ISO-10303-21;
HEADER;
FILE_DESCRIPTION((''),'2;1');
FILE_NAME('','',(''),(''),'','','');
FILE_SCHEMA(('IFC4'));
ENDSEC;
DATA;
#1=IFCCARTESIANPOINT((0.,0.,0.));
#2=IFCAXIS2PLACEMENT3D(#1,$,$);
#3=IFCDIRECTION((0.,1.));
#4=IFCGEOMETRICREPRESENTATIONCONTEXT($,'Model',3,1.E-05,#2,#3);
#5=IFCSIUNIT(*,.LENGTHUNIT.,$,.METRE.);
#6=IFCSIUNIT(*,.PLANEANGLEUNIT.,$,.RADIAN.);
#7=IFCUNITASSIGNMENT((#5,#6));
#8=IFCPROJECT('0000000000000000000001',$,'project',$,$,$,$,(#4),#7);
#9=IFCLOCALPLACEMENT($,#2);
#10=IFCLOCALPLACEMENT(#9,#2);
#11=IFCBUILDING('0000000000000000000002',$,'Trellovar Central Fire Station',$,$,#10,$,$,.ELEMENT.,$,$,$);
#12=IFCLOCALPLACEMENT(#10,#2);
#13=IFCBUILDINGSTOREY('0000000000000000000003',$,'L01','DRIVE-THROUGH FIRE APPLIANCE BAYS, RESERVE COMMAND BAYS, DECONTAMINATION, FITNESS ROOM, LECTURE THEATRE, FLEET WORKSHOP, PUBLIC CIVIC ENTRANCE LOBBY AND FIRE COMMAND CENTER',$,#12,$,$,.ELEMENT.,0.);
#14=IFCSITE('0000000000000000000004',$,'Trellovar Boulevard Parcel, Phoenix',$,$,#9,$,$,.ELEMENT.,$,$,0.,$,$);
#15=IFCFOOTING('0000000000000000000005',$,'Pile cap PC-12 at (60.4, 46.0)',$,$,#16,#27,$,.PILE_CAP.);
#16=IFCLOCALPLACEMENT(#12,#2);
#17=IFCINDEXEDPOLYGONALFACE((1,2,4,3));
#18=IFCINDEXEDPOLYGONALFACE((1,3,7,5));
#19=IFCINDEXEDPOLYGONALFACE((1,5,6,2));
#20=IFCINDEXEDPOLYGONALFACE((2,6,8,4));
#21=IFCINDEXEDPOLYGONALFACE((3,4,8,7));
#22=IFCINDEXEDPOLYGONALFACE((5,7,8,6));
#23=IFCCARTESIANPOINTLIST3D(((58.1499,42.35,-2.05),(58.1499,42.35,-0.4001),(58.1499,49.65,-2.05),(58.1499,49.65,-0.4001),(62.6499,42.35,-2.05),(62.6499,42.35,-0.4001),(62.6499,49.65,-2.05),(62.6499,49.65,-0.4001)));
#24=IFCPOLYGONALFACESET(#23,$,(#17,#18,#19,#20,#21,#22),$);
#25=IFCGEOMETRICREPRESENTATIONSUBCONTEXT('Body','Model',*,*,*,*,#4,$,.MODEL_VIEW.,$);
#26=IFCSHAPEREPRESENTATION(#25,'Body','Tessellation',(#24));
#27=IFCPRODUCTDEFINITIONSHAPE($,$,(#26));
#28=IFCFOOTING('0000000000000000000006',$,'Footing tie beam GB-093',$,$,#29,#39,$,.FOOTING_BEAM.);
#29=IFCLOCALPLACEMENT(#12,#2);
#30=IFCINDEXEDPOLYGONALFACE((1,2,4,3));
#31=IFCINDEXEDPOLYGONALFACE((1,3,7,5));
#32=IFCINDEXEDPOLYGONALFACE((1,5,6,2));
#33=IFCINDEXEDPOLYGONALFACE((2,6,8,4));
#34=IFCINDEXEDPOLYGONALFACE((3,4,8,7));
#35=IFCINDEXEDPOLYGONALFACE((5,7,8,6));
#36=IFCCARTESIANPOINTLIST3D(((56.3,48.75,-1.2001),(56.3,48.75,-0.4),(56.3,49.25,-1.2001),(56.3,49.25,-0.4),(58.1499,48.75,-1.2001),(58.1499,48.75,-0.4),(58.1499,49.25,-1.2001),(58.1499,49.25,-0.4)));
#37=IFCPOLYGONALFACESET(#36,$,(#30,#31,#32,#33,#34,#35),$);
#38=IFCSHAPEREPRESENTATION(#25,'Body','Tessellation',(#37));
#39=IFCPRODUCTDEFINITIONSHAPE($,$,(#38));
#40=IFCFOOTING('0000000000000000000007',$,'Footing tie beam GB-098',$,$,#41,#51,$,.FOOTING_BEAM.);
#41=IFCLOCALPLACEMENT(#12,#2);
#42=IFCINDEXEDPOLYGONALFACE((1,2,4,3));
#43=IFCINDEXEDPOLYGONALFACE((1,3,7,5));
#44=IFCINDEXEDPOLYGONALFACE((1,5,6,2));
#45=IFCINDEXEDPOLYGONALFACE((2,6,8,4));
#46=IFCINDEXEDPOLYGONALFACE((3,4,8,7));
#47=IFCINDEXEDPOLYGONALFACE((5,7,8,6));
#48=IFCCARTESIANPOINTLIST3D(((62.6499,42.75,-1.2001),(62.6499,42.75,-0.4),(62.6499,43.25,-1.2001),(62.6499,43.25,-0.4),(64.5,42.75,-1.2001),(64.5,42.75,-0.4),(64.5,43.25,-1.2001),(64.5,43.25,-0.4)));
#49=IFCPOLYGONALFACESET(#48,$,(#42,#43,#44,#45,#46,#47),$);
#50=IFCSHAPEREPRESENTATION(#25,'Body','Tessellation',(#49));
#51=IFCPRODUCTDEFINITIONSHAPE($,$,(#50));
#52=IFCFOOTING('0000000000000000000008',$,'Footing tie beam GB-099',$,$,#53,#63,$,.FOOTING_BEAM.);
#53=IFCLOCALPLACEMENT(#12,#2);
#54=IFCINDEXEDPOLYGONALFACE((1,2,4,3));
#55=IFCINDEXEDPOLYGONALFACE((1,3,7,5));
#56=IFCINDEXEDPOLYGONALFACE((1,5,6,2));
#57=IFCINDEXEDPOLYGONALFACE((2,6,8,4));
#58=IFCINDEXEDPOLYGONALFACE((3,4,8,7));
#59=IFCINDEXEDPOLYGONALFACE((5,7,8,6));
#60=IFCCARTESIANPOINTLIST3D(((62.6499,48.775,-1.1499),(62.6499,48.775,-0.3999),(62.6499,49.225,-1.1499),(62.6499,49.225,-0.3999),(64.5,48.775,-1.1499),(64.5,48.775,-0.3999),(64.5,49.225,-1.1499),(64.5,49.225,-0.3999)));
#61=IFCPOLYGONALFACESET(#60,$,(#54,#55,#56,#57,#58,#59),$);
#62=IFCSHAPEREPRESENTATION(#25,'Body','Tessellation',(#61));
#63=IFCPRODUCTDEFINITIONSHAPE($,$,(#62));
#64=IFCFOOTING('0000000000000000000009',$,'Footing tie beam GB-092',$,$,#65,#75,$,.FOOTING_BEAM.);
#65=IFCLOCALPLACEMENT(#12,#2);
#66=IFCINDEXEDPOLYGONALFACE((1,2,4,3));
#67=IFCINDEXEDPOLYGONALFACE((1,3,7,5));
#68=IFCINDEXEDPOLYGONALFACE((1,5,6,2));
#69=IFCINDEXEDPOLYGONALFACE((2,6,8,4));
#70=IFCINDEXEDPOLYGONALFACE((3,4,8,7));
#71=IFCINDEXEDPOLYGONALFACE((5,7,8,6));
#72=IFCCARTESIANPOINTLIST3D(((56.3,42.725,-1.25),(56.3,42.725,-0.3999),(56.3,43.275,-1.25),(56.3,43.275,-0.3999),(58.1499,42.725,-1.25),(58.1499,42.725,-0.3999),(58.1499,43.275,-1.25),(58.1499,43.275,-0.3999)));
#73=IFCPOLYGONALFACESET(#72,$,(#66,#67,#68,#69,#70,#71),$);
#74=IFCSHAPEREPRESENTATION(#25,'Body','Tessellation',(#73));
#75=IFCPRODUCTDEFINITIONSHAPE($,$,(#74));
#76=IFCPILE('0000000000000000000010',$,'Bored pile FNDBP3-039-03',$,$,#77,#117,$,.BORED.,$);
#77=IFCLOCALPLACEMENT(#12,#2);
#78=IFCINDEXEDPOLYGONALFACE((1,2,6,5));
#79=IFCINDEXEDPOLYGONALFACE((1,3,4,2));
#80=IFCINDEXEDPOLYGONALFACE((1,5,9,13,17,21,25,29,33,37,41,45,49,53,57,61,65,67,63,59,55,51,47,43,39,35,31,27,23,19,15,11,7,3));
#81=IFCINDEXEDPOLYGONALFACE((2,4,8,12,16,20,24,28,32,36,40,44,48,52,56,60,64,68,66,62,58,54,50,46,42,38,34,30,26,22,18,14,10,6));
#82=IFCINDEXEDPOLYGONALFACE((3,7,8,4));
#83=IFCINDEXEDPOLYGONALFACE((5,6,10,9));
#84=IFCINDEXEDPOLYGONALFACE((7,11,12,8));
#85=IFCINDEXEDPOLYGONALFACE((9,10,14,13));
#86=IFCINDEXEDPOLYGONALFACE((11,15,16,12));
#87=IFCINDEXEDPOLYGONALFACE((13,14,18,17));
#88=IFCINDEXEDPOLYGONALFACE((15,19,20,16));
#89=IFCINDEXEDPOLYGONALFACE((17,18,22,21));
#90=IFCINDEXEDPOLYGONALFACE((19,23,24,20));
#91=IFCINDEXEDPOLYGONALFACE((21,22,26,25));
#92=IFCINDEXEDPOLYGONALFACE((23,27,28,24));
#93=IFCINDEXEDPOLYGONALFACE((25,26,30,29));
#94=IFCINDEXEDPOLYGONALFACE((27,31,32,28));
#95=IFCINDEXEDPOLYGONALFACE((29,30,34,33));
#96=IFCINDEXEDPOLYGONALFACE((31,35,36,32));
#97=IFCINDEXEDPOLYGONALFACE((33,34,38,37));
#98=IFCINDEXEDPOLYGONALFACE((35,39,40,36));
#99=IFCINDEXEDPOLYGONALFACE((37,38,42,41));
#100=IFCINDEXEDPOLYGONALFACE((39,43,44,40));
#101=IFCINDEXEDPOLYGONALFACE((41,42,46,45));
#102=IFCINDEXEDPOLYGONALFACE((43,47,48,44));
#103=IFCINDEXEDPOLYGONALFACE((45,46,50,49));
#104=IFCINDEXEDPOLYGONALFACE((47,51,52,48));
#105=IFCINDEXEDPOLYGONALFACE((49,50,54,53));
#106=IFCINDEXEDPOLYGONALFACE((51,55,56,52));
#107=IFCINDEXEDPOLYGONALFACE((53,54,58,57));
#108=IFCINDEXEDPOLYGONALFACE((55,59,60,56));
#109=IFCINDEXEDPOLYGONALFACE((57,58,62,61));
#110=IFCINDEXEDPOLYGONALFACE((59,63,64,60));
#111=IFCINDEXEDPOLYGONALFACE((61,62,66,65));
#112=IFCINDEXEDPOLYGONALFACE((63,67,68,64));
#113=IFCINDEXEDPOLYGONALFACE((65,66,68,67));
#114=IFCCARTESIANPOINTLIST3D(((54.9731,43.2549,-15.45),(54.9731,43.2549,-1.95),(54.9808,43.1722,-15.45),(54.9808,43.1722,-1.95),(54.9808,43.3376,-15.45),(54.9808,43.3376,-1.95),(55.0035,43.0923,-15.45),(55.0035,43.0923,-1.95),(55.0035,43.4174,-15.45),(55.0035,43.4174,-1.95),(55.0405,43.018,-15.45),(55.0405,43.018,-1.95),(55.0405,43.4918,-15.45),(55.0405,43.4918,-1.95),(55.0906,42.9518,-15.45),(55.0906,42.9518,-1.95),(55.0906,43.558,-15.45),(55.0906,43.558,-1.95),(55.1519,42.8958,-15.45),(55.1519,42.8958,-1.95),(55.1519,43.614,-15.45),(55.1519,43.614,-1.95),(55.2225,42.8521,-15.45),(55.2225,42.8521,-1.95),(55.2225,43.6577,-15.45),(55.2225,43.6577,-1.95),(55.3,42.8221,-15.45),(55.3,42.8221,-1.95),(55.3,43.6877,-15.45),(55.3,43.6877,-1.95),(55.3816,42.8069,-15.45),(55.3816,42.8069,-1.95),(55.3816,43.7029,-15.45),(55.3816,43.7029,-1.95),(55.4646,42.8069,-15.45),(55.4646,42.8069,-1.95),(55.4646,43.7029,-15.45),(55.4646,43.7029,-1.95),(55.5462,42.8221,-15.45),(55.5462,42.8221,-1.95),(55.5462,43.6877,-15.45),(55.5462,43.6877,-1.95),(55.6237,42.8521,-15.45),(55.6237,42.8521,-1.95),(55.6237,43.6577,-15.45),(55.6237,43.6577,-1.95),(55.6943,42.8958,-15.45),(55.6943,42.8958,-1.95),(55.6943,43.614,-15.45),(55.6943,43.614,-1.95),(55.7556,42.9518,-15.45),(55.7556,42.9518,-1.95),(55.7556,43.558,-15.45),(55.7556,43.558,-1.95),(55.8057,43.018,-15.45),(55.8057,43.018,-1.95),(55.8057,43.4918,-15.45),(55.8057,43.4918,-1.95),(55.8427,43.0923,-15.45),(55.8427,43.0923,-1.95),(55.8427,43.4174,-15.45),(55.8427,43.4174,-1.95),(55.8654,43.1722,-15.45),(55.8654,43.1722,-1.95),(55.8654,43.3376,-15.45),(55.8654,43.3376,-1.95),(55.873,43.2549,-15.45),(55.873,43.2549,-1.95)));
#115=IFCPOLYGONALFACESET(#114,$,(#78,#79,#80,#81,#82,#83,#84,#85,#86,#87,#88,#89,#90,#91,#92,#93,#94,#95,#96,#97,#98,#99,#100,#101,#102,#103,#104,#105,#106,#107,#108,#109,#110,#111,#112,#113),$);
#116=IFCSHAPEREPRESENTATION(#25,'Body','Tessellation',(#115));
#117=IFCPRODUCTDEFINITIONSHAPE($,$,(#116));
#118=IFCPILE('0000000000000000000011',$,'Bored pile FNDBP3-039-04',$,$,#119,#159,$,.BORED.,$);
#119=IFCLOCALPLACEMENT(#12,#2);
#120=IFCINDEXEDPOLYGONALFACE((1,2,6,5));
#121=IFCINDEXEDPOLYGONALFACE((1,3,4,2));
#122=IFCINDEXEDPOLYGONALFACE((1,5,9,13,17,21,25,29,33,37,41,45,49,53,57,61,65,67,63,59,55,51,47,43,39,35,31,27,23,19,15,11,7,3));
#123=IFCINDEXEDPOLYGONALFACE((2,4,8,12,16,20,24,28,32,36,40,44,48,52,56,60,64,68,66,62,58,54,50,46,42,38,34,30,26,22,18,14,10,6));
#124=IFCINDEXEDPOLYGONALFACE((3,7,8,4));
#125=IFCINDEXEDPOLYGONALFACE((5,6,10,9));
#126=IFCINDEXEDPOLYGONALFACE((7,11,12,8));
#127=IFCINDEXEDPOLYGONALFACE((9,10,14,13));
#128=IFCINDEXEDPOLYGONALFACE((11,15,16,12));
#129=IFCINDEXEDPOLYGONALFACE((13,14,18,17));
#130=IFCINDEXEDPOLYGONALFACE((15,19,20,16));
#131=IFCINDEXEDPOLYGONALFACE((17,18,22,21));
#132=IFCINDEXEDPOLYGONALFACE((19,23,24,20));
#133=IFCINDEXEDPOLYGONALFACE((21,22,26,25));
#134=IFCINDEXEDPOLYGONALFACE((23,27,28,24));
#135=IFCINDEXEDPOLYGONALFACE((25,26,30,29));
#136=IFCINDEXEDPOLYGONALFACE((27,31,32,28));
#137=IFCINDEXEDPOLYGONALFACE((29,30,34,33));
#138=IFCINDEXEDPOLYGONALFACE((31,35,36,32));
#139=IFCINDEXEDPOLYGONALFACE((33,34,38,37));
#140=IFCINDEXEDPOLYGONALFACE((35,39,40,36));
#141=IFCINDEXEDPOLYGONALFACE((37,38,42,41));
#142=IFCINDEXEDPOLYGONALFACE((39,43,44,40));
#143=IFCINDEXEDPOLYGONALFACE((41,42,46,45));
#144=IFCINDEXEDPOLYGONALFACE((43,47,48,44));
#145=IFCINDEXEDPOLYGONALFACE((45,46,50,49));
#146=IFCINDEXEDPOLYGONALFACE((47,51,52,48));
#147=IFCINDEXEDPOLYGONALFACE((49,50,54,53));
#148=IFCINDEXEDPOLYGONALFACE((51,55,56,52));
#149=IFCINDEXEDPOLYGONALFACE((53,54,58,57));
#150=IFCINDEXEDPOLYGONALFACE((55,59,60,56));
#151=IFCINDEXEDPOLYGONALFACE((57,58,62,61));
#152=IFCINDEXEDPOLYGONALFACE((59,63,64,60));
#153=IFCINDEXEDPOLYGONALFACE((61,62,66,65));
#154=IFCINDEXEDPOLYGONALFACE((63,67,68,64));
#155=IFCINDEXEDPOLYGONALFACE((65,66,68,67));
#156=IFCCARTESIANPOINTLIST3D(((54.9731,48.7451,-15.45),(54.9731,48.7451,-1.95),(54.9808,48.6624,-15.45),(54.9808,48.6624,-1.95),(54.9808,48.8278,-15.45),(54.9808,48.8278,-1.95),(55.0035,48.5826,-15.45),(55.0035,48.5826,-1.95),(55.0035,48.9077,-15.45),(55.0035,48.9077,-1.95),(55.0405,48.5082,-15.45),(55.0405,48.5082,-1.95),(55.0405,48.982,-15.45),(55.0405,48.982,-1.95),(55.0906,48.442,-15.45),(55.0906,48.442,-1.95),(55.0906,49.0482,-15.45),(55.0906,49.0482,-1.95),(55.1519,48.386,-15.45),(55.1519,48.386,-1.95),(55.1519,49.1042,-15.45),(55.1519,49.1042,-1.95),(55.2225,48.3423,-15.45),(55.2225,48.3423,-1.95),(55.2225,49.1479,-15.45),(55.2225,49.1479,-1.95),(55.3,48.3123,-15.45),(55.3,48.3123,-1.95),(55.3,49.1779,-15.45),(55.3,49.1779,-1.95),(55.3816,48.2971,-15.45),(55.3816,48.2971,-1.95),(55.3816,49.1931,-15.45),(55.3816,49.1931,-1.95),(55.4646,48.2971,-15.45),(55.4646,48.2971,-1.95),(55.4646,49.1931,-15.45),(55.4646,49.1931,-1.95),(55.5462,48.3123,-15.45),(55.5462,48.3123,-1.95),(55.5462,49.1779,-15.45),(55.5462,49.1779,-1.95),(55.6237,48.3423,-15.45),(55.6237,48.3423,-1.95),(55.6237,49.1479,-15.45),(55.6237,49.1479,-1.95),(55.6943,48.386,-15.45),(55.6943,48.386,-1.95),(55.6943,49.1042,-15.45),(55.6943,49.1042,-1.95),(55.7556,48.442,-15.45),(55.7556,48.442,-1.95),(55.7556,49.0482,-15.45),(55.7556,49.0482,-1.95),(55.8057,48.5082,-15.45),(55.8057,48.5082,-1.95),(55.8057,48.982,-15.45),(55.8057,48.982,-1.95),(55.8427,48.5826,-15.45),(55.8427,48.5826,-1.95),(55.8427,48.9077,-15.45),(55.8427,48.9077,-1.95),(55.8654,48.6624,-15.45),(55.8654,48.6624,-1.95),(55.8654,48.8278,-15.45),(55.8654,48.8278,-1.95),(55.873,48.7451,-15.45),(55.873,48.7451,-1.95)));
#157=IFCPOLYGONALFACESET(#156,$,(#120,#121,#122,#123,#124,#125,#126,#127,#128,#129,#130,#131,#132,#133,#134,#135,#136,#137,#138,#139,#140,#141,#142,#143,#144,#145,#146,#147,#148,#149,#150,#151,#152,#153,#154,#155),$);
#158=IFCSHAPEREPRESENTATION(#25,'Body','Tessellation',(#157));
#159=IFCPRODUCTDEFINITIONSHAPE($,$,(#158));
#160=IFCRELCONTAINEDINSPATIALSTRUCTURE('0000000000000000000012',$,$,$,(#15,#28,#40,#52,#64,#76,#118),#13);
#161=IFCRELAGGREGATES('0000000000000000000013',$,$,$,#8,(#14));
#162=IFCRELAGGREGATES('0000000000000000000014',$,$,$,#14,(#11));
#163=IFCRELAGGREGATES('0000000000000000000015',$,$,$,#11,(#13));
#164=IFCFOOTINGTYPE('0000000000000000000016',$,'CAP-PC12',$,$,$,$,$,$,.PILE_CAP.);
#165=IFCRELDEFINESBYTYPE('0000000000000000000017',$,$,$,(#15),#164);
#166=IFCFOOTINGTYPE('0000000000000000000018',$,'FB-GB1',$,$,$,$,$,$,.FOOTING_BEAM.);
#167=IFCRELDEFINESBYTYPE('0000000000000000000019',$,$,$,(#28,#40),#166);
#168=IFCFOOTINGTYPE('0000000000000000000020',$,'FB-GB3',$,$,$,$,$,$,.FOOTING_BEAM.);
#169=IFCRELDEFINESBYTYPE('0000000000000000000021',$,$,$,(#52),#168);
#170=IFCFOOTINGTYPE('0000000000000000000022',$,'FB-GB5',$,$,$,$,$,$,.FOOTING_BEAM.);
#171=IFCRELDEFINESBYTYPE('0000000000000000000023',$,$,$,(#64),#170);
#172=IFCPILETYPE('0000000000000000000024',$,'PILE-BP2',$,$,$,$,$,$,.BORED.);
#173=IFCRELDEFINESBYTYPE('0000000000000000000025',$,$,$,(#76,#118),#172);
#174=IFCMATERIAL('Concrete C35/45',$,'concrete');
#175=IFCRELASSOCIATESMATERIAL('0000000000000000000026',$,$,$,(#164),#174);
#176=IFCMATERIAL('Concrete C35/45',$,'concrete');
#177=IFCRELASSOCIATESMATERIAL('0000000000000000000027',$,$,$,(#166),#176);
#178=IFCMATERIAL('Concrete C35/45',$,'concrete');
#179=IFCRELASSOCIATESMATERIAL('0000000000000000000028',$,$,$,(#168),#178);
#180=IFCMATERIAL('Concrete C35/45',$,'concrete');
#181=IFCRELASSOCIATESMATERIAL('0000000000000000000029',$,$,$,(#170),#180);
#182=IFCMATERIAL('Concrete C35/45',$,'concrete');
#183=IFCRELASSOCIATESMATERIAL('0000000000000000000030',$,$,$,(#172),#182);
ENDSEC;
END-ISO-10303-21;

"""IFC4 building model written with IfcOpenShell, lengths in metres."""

from ifc_helpers import new_model, si_unit, direction, frame, origin, origin_2d, place, context, subcontext, project, spatial, rectangle, circle, extrude, material, material_profile, profile_set, type_object, element, save


model = new_model("IFC4")

# Units and contexts
model_context = context("Model", 3, precision=1e-05, world=origin(), true_north=direction((0.0, 1.0)))
body_context = subcontext(model_context, "Body", "Model", "MODEL_VIEW")
ifc_project = project(units=[si_unit("LENGTHUNIT", "METRE"), si_unit("PLANEANGLEUNIT", "RADIAN")], contexts=[model_context])

# Site, building, storey
site_placement = place(None, origin())
site = spatial("IfcSite", under=ifc_project, at=site_placement, Name="Trellovar Boulevard Parcel, Phoenix", CompositionType="ELEMENT", RefElevation=0.0)
building_placement = place(site_placement, origin())
building = spatial("IfcBuilding", under=site, at=building_placement, Name="Trellovar Central Fire Station", CompositionType="ELEMENT")
storey_placement = place(building_placement, origin())
storey = spatial("IfcBuildingStorey", under=building, at=storey_placement, Name="L01", Description="DRIVE-THROUGH FIRE APPLIANCE BAYS, RESERVE COMMAND BAYS, DECONTAMINATION, FITNESS ROOM, LECTURE THEATRE, FLEET WORKSHOP, PUBLIC CIVIC ENTRANCE LOBBY AND FIRE COMMAND CENTER", CompositionType="ELEMENT", Elevation=0.0)

# Footings
ifc_material_1 = material(Name="Concrete C35/45", Category="concrete")
footing_type_1 = type_object("IfcFootingType", Name="CAP-PC12", PredefinedType="PILE_CAP", material=ifc_material_1)
footing_1_placement = place(storey_placement, frame((60.3999, 46.0, -2.05), z_axis=(0.0, 0.0, 1.0), x_axis=(1.0, 0.0, 0.0)))
element("IfcFooting", 1, at=footing_1_placement, inside=storey, type_object=footing_type_1, Name="Pile cap PC-12 at (60.4, 46.0)", PredefinedType="PILE_CAP", context=body_context, shape_type="SweptSolid", body=[
    extrude(rectangle(XDim=4.5, YDim=7.3, at=origin_2d()), origin(), (0.0, 0.0, 1.0), 1.6499),
])
ifc_material_2 = material(Name="Concrete C35/45", Category="concrete")
ifc_material_profile_1 = material_profile(ifc_material_2, rectangle(XDim=0.5, YDim=0.8, at=origin_2d()), Name="RC500X800")
ifc_profile_set_1 = profile_set([ifc_material_profile_1], Name="Concrete C35/45")
footing_type_2 = type_object("IfcFootingType", Name="FB-GB1", PredefinedType="FOOTING_BEAM", material=ifc_profile_set_1)
footing_2_placement = place(storey_placement, frame((56.3, 49.0, -0.8), z_axis=(1.0, 0.0, 0.0), x_axis=(0.0, 1.0, 0.0)))
element("IfcFooting", 2, at=footing_2_placement, inside=storey, type_object=footing_type_2, Name="Footing tie beam GB-093", PredefinedType="FOOTING_BEAM", context=body_context, shape_type="SweptSolid", body=[
    extrude(rectangle(XDim=0.5, YDim=0.8, at=origin_2d()), origin(), (0.0, 0.0, 1.0), 1.8499),
])
footing_3_placement = place(storey_placement, frame((62.6499, 43.0, -0.8), z_axis=(1.0, 0.0, 0.0), x_axis=(0.0, 1.0, 0.0)))
element("IfcFooting", 3, at=footing_3_placement, inside=storey, type_object=footing_type_2, Name="Footing tie beam GB-098", PredefinedType="FOOTING_BEAM", context=body_context, shape_type="SweptSolid", body=[
    extrude(rectangle(XDim=0.5, YDim=0.8, at=origin_2d()), origin(), (0.0, 0.0, 1.0), 1.8501),
])
ifc_material_3 = material(Name="Concrete C35/45", Category="concrete")
ifc_material_profile_2 = material_profile(ifc_material_3, rectangle(XDim=0.45, YDim=0.75, at=origin_2d()), Name="RC450X750")
ifc_profile_set_2 = profile_set([ifc_material_profile_2], Name="Concrete C35/45")
footing_type_3 = type_object("IfcFootingType", Name="FB-GB3", PredefinedType="FOOTING_BEAM", material=ifc_profile_set_2)
footing_4_placement = place(storey_placement, frame((62.6499, 49.0, -0.7749), z_axis=(1.0, 0.0, 0.0), x_axis=(0.0, 1.0, 0.0)))
element("IfcFooting", 4, at=footing_4_placement, inside=storey, type_object=footing_type_3, Name="Footing tie beam GB-099", PredefinedType="FOOTING_BEAM", context=body_context, shape_type="SweptSolid", body=[
    extrude(rectangle(XDim=0.45, YDim=0.75, at=origin_2d()), origin(), (0.0, 0.0, 1.0), 1.8501),
])
ifc_material_4 = material(Name="Concrete C35/45", Category="concrete")
ifc_material_profile_3 = material_profile(ifc_material_4, rectangle(XDim=0.55, YDim=0.8501, at=origin_2d()), Name="RC550X850")
ifc_profile_set_3 = profile_set([ifc_material_profile_3], Name="Concrete C35/45")
footing_type_4 = type_object("IfcFootingType", Name="FB-GB5", PredefinedType="FOOTING_BEAM", material=ifc_profile_set_3)
footing_5_placement = place(storey_placement, frame((56.3, 43.0, -0.825), z_axis=(1.0, 0.0, 0.0), x_axis=(0.0, 1.0, 0.0)))
element("IfcFooting", 5, at=footing_5_placement, inside=storey, type_object=footing_type_4, Name="Footing tie beam GB-092", PredefinedType="FOOTING_BEAM", context=body_context, shape_type="SweptSolid", body=[
    extrude(rectangle(XDim=0.55, YDim=0.8501, at=origin_2d()), origin(), (0.0, 0.0, 1.0), 1.8499),
])

# Piles
ifc_material_5 = material(Name="Concrete C35/45", Category="concrete")
ifc_material_profile_4 = material_profile(ifc_material_5, circle(Radius=0.45, at=origin_2d()), Name="PILE900")
ifc_profile_set_4 = profile_set([ifc_material_profile_4], Name="Concrete C35/45")
pile_type = type_object("IfcPileType", Name="PILE-BP2", PredefinedType="BORED", material=ifc_profile_set_4)
for number, where, z_axis, x_axis, name in (
    (6, (55.4231, 43.2549, -1.95), (0.0, 0.0, -1.0), (1.0, 0.0, 0.0), "Bored pile FNDBP3-039-03"),
    (7, (55.4231, 48.7451, -1.95), (0.0, 0.0, -1.0), (1.0, 0.0, 0.0), "Bored pile FNDBP3-039-04"),
):
    element("IfcPile", number, at=place(storey_placement, frame(where, z_axis=z_axis, x_axis=x_axis)), inside=storey, type_object=pile_type, Name=name, PredefinedType="BORED", context=body_context, shape_type="SweptSolid", body=[
        extrude(circle(Radius=0.45, at=origin_2d()), origin(), (0.0, 0.0, 1.0), 13.5),
    ])

save(model, "model.ifc")
